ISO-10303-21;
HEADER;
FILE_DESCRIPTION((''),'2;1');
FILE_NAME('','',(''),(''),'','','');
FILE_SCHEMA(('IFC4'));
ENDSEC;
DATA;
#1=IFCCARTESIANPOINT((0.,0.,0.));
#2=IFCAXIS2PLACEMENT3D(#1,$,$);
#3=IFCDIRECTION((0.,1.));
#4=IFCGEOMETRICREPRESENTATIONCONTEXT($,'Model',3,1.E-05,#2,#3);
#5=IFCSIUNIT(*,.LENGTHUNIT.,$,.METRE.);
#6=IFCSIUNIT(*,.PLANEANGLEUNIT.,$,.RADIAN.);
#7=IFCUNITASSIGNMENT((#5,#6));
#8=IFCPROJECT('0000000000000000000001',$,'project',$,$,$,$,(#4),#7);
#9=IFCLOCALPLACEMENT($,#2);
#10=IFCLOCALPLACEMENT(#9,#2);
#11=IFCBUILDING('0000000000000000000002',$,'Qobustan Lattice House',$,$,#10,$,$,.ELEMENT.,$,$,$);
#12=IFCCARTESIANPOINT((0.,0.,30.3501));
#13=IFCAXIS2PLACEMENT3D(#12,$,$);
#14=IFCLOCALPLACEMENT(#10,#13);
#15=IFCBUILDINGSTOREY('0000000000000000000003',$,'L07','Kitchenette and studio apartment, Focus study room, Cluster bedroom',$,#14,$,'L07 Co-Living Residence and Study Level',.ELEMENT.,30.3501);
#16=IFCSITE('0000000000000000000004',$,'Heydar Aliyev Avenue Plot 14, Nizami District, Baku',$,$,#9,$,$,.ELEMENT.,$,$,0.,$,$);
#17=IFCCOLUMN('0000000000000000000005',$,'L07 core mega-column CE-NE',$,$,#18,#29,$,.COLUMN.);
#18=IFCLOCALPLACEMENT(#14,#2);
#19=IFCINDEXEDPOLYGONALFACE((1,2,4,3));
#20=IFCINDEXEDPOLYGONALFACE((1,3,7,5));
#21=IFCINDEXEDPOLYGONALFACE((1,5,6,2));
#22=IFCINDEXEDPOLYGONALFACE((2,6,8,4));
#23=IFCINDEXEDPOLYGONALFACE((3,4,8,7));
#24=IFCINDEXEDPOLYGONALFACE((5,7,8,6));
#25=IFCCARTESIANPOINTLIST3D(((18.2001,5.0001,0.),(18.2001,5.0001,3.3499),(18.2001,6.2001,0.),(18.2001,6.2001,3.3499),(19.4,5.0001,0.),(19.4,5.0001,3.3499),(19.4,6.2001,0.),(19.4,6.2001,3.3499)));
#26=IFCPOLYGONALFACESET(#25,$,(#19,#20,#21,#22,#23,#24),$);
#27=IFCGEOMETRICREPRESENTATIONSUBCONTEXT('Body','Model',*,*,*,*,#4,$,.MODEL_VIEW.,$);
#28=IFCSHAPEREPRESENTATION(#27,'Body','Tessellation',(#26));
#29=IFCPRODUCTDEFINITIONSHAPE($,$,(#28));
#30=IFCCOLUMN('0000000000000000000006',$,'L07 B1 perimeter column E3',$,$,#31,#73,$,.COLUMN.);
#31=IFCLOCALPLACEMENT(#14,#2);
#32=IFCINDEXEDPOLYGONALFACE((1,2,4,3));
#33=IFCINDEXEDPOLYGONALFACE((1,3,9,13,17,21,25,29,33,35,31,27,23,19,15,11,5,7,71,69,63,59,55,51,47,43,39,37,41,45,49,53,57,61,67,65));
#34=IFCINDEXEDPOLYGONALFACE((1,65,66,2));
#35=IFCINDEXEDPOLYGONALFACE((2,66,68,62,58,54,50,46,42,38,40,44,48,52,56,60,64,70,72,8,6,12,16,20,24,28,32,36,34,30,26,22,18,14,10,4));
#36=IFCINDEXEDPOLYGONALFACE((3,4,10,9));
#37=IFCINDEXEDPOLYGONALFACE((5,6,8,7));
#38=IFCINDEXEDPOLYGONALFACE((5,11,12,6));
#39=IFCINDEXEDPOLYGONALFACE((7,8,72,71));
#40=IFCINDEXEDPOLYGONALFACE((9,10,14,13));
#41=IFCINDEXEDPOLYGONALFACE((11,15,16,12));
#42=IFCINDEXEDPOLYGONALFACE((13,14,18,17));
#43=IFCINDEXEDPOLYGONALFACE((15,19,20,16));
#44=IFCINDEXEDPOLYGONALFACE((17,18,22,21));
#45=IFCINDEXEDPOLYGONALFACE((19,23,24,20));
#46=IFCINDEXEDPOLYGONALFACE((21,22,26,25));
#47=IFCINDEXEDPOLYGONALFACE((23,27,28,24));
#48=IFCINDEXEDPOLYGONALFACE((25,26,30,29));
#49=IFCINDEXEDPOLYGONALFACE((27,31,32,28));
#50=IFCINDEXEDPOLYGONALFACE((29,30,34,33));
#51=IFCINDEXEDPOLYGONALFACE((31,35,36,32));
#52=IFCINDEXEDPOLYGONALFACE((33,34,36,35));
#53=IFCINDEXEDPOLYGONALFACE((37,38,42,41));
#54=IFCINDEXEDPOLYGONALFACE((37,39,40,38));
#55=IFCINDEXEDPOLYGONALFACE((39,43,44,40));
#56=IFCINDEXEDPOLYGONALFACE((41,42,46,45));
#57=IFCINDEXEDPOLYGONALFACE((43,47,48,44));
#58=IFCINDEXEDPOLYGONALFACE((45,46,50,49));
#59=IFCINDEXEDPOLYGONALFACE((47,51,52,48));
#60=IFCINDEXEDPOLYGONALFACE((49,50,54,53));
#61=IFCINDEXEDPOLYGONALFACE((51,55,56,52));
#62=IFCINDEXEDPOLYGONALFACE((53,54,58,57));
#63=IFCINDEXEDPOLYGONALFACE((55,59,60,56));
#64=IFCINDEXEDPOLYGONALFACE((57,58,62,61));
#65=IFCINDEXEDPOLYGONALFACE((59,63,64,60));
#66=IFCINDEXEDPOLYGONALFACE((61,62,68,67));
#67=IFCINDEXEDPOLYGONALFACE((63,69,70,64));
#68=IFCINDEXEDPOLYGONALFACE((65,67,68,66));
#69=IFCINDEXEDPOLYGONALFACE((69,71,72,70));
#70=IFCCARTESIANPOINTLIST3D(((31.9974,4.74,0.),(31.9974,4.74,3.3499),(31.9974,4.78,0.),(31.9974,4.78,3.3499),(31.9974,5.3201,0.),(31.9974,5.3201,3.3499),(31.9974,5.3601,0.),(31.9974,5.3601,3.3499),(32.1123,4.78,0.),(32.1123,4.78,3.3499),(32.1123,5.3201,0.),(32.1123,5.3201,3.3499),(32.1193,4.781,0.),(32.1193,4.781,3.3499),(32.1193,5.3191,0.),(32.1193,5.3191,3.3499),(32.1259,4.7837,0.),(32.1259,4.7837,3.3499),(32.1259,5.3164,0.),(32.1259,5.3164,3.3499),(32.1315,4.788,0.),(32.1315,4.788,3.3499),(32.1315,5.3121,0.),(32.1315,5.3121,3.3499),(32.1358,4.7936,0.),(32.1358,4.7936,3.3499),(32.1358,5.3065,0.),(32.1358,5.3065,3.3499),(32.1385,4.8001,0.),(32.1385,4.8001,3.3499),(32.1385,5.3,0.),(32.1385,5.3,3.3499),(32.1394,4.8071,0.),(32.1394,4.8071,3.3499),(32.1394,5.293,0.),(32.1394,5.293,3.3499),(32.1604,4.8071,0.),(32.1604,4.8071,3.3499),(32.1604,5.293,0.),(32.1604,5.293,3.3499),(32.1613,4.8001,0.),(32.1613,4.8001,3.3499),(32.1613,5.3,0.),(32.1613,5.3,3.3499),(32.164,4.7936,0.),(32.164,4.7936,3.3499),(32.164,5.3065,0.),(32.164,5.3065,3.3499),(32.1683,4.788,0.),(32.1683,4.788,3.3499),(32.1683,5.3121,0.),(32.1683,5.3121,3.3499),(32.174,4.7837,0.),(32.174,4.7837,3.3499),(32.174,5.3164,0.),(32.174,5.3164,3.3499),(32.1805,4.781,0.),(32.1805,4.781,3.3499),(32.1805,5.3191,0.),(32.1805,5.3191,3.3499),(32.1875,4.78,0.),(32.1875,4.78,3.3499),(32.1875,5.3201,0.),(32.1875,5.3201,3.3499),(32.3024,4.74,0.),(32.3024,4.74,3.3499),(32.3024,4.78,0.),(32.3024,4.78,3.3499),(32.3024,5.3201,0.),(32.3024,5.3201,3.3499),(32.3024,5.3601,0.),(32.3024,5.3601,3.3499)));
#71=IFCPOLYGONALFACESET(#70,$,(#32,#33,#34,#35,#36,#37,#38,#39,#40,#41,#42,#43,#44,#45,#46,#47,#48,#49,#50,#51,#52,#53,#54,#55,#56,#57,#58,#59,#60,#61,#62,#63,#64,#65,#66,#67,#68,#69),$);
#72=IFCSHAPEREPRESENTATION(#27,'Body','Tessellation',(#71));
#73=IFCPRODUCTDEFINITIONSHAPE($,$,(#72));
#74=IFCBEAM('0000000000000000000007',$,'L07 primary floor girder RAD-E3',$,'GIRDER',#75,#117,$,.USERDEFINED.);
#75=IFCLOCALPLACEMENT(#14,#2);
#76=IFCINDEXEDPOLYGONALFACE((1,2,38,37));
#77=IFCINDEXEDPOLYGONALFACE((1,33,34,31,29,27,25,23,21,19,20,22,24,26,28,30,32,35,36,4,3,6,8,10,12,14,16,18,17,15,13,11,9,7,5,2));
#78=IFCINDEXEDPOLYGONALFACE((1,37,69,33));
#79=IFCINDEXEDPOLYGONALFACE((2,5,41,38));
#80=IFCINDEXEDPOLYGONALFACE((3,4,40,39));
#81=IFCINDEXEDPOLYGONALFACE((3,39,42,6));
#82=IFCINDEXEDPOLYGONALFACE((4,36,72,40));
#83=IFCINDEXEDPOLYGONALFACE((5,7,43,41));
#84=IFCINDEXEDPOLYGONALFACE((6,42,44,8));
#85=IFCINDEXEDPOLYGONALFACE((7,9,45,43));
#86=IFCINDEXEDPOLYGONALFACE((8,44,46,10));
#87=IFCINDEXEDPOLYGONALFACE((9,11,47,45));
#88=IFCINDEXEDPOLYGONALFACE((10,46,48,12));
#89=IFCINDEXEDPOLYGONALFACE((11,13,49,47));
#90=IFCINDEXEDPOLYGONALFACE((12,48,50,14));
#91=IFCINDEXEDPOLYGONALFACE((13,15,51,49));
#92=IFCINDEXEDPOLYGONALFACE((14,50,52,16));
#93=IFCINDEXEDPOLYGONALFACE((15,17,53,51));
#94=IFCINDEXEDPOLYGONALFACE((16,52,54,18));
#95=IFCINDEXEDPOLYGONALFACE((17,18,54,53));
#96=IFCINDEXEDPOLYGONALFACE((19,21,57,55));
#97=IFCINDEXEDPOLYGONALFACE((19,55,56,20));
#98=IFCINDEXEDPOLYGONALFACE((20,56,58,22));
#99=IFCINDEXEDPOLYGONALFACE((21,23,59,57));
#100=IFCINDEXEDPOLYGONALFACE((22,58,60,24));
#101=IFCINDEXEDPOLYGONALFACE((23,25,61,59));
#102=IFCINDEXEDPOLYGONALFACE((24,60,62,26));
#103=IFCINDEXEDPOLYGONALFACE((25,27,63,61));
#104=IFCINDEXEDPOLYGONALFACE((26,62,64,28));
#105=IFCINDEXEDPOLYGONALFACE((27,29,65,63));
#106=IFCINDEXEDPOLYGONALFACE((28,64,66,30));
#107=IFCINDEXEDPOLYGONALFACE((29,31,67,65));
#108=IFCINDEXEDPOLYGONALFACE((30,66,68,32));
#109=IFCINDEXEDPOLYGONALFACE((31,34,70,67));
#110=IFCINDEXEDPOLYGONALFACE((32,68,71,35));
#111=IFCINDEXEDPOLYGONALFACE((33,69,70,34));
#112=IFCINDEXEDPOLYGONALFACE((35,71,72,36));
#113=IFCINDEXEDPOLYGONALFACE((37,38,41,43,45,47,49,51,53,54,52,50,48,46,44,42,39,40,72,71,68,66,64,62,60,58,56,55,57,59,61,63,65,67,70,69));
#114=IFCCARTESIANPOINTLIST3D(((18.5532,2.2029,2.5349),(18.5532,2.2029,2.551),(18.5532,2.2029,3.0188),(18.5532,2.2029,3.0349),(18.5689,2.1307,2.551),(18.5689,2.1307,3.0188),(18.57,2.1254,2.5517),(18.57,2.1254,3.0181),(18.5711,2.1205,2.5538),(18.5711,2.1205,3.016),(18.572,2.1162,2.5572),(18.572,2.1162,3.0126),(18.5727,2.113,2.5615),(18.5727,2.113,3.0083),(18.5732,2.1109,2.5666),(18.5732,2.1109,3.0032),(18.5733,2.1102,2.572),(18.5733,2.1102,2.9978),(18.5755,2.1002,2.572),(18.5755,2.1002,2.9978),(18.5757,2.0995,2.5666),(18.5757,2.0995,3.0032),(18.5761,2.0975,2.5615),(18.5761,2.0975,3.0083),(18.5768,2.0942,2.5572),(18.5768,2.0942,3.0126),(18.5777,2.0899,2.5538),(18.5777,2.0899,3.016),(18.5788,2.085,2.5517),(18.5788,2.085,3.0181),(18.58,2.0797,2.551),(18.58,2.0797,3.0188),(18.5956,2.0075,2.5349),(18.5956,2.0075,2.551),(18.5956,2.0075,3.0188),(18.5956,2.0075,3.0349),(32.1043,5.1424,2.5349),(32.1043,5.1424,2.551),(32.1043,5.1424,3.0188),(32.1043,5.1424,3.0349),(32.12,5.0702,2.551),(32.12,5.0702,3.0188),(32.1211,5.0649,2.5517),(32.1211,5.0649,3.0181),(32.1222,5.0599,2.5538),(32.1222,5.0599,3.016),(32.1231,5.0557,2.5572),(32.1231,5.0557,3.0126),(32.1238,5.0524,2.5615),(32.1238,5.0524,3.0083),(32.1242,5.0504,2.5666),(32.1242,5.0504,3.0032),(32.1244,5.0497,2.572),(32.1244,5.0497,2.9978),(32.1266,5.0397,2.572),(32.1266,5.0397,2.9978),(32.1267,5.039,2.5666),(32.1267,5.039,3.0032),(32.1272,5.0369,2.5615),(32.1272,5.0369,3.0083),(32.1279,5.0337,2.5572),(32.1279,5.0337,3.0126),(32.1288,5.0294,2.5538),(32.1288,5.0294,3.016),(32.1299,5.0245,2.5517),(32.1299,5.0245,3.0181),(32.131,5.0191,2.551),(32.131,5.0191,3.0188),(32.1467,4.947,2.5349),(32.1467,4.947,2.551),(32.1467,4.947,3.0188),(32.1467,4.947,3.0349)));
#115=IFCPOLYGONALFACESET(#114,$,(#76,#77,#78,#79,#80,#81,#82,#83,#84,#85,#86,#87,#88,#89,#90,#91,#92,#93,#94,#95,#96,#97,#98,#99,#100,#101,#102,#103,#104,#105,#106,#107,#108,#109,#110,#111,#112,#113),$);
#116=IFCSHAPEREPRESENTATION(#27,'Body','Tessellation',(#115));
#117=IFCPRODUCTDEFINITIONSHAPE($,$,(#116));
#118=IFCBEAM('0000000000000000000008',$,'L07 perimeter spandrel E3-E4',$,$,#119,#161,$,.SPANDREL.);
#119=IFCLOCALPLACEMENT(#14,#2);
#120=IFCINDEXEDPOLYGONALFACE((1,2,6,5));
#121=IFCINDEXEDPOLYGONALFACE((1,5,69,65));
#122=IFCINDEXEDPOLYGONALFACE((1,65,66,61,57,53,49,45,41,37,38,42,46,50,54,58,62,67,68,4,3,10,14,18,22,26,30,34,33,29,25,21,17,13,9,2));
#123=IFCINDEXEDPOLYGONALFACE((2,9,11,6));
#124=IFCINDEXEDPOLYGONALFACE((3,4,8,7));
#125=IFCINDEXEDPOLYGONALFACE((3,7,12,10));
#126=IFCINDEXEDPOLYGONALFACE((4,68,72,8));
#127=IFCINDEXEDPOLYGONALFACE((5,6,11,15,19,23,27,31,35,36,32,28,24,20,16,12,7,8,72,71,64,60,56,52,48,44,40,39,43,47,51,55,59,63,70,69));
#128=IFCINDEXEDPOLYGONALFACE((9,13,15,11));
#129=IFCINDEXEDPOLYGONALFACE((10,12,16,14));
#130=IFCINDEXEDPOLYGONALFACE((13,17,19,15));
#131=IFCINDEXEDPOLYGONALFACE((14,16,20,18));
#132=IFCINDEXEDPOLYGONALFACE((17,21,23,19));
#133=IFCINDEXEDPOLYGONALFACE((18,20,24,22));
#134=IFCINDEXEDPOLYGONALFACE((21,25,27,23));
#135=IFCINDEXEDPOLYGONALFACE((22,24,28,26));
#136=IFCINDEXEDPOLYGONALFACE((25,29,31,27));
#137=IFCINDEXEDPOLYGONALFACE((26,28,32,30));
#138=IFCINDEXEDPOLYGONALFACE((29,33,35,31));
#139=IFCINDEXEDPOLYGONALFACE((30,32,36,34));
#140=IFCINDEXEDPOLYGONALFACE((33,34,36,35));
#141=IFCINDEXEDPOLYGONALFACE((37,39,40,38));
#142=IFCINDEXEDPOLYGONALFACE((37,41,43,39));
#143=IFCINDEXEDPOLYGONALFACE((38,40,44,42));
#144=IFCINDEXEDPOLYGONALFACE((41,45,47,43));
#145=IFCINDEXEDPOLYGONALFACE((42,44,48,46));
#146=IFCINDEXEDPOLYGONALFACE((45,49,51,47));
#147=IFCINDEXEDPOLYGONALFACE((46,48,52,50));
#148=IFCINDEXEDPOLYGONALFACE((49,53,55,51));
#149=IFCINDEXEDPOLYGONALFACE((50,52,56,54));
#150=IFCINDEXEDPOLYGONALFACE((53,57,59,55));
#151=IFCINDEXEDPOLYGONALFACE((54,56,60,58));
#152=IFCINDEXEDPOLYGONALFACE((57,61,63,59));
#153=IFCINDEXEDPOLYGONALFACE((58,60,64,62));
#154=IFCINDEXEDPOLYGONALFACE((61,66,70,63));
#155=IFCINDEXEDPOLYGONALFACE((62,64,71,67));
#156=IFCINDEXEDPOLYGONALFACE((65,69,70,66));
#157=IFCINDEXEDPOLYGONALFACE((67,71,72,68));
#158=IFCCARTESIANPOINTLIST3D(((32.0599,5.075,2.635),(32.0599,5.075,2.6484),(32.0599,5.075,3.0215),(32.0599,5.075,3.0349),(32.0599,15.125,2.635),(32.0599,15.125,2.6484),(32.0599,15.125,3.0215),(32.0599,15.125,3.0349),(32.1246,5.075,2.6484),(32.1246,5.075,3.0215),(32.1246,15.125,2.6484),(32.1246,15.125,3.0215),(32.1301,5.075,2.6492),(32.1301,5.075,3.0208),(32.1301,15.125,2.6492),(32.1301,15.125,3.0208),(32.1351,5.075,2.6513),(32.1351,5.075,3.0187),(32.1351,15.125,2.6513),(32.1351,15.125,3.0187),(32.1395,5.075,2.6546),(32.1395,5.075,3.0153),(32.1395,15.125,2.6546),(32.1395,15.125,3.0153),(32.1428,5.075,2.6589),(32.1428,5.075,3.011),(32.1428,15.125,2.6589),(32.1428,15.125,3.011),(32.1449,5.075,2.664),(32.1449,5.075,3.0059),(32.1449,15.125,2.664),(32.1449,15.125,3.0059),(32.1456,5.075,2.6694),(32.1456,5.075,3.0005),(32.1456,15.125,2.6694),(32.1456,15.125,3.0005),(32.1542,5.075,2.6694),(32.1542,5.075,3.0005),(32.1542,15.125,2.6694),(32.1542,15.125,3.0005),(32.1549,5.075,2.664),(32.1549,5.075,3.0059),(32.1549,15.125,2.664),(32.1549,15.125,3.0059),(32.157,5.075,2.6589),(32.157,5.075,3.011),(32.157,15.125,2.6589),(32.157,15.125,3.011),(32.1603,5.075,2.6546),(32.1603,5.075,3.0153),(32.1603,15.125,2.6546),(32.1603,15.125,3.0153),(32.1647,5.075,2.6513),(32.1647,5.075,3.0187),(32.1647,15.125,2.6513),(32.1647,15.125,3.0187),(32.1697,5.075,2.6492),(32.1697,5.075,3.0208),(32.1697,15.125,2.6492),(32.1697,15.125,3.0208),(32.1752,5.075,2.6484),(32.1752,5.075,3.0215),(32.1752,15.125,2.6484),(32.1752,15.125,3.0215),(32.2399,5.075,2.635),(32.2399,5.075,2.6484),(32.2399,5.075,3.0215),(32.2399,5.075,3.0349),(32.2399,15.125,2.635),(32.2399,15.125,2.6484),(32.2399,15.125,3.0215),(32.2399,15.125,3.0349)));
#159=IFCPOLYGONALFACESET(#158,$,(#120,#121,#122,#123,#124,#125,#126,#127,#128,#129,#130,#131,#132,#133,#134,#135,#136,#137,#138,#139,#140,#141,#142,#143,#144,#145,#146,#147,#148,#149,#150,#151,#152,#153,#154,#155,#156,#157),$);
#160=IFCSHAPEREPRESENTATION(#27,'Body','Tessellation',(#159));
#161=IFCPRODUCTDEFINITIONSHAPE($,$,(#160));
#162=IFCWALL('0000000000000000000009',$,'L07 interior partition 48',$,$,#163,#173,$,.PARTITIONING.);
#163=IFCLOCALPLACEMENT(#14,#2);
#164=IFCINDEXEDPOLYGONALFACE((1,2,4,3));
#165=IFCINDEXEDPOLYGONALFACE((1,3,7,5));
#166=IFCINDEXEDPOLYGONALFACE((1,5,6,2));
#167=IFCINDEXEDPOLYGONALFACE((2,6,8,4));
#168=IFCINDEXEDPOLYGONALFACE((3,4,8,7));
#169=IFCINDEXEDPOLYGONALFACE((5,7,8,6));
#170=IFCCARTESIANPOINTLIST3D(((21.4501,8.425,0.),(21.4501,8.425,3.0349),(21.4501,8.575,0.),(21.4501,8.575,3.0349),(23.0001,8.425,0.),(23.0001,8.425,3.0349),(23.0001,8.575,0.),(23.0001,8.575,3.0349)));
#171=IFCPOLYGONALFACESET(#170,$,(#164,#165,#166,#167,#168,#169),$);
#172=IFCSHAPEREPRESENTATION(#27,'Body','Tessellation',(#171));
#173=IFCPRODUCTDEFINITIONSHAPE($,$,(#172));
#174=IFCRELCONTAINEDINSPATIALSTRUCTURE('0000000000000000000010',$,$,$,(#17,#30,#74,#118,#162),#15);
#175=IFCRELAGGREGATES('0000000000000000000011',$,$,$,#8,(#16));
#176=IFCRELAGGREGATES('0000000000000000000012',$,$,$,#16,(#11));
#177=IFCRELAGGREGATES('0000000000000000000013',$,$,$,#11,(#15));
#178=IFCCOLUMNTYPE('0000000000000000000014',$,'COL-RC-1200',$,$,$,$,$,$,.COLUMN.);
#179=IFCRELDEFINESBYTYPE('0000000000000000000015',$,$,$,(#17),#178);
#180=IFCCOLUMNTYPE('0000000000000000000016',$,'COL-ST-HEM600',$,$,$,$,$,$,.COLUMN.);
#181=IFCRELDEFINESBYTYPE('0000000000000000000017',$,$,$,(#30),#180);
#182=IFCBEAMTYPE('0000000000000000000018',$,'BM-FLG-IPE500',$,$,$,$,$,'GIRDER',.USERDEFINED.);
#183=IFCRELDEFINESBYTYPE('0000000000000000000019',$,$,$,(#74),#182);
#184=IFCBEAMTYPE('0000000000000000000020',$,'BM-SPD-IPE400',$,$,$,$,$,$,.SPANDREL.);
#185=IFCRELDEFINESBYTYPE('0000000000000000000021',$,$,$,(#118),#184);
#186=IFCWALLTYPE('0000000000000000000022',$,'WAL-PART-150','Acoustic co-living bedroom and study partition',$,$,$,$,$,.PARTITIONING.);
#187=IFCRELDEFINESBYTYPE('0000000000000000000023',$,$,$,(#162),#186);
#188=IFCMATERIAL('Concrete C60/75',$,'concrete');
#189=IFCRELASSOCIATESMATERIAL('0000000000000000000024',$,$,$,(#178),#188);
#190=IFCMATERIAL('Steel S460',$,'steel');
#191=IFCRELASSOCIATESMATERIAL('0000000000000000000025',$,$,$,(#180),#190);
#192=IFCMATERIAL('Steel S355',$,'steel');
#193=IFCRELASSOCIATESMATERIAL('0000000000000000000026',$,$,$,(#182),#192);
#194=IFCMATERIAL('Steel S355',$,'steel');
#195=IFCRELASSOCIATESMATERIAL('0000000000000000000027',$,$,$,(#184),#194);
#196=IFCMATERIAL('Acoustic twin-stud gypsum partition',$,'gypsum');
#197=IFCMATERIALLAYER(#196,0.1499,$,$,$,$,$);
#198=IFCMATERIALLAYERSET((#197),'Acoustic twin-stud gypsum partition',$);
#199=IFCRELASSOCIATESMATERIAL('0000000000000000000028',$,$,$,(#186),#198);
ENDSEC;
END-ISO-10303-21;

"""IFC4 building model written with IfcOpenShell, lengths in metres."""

from ifc_helpers import new_model, si_unit, direction, frame, frame_2d, origin, origin_2d, place, context, subcontext, project, spatial, rectangle, i_section, extrude, material, layer, layer_set, material_profile, profile_set, type_object, element, save


model = new_model("IFC4")

# Units and contexts
model_context = context("Model", 3, precision=1e-05, world=origin(), true_north=direction((0.0, 1.0)))
body_context = subcontext(model_context, "Body", "Model", "MODEL_VIEW")
ifc_project = project(units=[si_unit("LENGTHUNIT", "METRE"), si_unit("PLANEANGLEUNIT", "RADIAN")], contexts=[model_context])

# Site, building, storey
site_placement = place(None, origin())
site = spatial("IfcSite", under=ifc_project, at=site_placement, Name="Heydar Aliyev Avenue Plot 14, Nizami District, Baku", CompositionType="ELEMENT", RefElevation=0.0)
building_placement = place(site_placement, origin())
building = spatial("IfcBuilding", under=site, at=building_placement, Name="Qobustan Lattice House", CompositionType="ELEMENT")
storey_placement = place(building_placement, frame((0.0, 0.0, 30.3501)))
storey = spatial("IfcBuildingStorey", under=building, at=storey_placement, Name="L07", Description="Kitchenette and studio apartment, Focus study room, Cluster bedroom", LongName="L07 Co-Living Residence and Study Level", CompositionType="ELEMENT", Elevation=30.3501)

# Columns
ifc_material_1 = material(Name="Concrete C60/75", Category="concrete")
ifc_material_profile_1 = material_profile(ifc_material_1, rectangle(XDim=1.2, YDim=1.2, at=origin_2d()), Name="RC1200x1200")
ifc_profile_set_1 = profile_set([ifc_material_profile_1], Name="Concrete C60/75")
column_type_1 = type_object("IfcColumnType", Name="COL-RC-1200", PredefinedType="COLUMN", material=ifc_profile_set_1)
column_1_placement = place(storey_placement, frame((18.8, 5.6001, 0.0), z_axis=(0.0, 0.0, 1.0), x_axis=(1.0, 0.0, 0.0)))
element("IfcColumn", 1, at=column_1_placement, inside=storey, type_object=column_type_1, Name="L07 core mega-column CE-NE", PredefinedType="COLUMN", context=body_context, shape_type="SweptSolid", body=[
    extrude(rectangle(XDim=1.2, YDim=1.2, at=origin_2d()), origin(), (0.0, 0.0, 1.0), 3.3499),
])
ifc_material_2 = material(Name="Steel S460", Category="steel")
ifc_material_profile_2 = material_profile(ifc_material_2, i_section(OverallWidth=0.3049, OverallDepth=0.6201, WebThickness=0.021, FlangeThickness=0.04, FilletRadius=0.0271, at=origin_2d()), Name="HEM600")
ifc_profile_set_2 = profile_set([ifc_material_profile_2], Name="Steel S460")
column_type_2 = type_object("IfcColumnType", Name="COL-ST-HEM600", PredefinedType="COLUMN", material=ifc_profile_set_2)
column_2_placement = place(storey_placement, frame((32.1499, 5.05, 0.0), z_axis=(0.0, 0.0, 1.0), x_axis=(1.0, 0.0, 0.0)))
element("IfcColumn", 2, at=column_2_placement, inside=storey, type_object=column_type_2, Name="L07 B1 perimeter column E3", PredefinedType="COLUMN", context=body_context, shape_type="SweptSolid", body=[
    extrude(i_section(OverallWidth=0.3049, OverallDepth=0.6201, WebThickness=0.021, FlangeThickness=0.04, FilletRadius=0.0271, at=origin_2d()), origin(), (0.0, 0.0, 1.0), 3.3499),
])

# Beams
ifc_material_3 = material(Name="Steel S355", Category="steel")
ifc_material_profile_3 = material_profile(ifc_material_3, i_section(OverallWidth=0.2, OverallDepth=0.5, WebThickness=0.0103, FlangeThickness=0.0161, FilletRadius=0.021, at=origin_2d()), Name="IPE500")
ifc_profile_set_3 = profile_set([ifc_material_profile_3], Name="Steel S355")
beam_type_1 = type_object("IfcBeamType", Name="BM-FLG-IPE500", ElementType="GIRDER", PredefinedType="USERDEFINED", material=ifc_profile_set_3)
beam_1_placement = place(storey_placement, frame((32.1255, 5.0447, 2.7849), z_axis=(-0.977272, -0.211987, 0.0), x_axis=(0.211987, -0.977272, 0.0)))
element("IfcBeam", 3, at=beam_1_placement, inside=storey, type_object=beam_type_1, Name="L07 primary floor girder RAD-E3", ObjectType="GIRDER", PredefinedType="USERDEFINED", context=body_context, shape_type="SweptSolid", body=[
    extrude(i_section(OverallWidth=0.2, OverallDepth=0.5, WebThickness=0.0103, FlangeThickness=0.0161, FilletRadius=0.021, at=origin_2d()), origin(), (0.0, 0.0, 1.0), 13.8662),
])
ifc_material_4 = material(Name="Steel S355", Category="steel")
ifc_material_profile_4 = material_profile(ifc_material_4, i_section(OverallWidth=0.1799, OverallDepth=0.3999, WebThickness=0.0085, FlangeThickness=0.0134, FilletRadius=0.021, at=origin_2d()), Name="IPE400")
ifc_profile_set_4 = profile_set([ifc_material_profile_4], Name="Steel S355")
beam_type_2 = type_object("IfcBeamType", Name="BM-SPD-IPE400", PredefinedType="SPANDREL", material=ifc_profile_set_4)
beam_2_placement = place(storey_placement, frame((32.1499, 5.075, 2.835), z_axis=(0.0, 1.0, 0.0), x_axis=(-1.0, 0.0, 0.0)))
element("IfcBeam", 4, at=beam_2_placement, inside=storey, type_object=beam_type_2, Name="L07 perimeter spandrel E3-E4", PredefinedType="SPANDREL", context=body_context, shape_type="SweptSolid", body=[
    extrude(i_section(OverallWidth=0.1799, OverallDepth=0.3999, WebThickness=0.0085, FlangeThickness=0.0134, FilletRadius=0.021, at=origin_2d()), origin(), (0.0, 0.0, 1.0), 10.05),
])

# Wall
ifc_material_5 = material(Name="Acoustic twin-stud gypsum partition", Category="gypsum")
ifc_layer_1 = layer(ifc_material_5, 0.1499)
ifc_layer_set_1 = layer_set([ifc_layer_1], Name="Acoustic twin-stud gypsum partition")
wall_type_1 = type_object("IfcWallType", Name="WAL-PART-150", Description="Acoustic co-living bedroom and study partition", PredefinedType="PARTITIONING", material=ifc_layer_set_1)
wall_1_placement = place(storey_placement, frame((23.0, 8.5, 0.0), z_axis=(0.0, 0.0, 1.0), x_axis=(-1.0, 0.0, 0.0)))
element("IfcWall", 5, at=wall_1_placement, inside=storey, type_object=wall_type_1, Name="L07 interior partition 48", PredefinedType="PARTITIONING", context=body_context, shape_type="SweptSolid", body=[
    extrude(rectangle(XDim=1.55, YDim=0.1499, at=frame_2d((0.7749, 0.0))), origin(), (0.0, 0.0, 1.0), 3.0349),
])

save(model, "model.ifc")
